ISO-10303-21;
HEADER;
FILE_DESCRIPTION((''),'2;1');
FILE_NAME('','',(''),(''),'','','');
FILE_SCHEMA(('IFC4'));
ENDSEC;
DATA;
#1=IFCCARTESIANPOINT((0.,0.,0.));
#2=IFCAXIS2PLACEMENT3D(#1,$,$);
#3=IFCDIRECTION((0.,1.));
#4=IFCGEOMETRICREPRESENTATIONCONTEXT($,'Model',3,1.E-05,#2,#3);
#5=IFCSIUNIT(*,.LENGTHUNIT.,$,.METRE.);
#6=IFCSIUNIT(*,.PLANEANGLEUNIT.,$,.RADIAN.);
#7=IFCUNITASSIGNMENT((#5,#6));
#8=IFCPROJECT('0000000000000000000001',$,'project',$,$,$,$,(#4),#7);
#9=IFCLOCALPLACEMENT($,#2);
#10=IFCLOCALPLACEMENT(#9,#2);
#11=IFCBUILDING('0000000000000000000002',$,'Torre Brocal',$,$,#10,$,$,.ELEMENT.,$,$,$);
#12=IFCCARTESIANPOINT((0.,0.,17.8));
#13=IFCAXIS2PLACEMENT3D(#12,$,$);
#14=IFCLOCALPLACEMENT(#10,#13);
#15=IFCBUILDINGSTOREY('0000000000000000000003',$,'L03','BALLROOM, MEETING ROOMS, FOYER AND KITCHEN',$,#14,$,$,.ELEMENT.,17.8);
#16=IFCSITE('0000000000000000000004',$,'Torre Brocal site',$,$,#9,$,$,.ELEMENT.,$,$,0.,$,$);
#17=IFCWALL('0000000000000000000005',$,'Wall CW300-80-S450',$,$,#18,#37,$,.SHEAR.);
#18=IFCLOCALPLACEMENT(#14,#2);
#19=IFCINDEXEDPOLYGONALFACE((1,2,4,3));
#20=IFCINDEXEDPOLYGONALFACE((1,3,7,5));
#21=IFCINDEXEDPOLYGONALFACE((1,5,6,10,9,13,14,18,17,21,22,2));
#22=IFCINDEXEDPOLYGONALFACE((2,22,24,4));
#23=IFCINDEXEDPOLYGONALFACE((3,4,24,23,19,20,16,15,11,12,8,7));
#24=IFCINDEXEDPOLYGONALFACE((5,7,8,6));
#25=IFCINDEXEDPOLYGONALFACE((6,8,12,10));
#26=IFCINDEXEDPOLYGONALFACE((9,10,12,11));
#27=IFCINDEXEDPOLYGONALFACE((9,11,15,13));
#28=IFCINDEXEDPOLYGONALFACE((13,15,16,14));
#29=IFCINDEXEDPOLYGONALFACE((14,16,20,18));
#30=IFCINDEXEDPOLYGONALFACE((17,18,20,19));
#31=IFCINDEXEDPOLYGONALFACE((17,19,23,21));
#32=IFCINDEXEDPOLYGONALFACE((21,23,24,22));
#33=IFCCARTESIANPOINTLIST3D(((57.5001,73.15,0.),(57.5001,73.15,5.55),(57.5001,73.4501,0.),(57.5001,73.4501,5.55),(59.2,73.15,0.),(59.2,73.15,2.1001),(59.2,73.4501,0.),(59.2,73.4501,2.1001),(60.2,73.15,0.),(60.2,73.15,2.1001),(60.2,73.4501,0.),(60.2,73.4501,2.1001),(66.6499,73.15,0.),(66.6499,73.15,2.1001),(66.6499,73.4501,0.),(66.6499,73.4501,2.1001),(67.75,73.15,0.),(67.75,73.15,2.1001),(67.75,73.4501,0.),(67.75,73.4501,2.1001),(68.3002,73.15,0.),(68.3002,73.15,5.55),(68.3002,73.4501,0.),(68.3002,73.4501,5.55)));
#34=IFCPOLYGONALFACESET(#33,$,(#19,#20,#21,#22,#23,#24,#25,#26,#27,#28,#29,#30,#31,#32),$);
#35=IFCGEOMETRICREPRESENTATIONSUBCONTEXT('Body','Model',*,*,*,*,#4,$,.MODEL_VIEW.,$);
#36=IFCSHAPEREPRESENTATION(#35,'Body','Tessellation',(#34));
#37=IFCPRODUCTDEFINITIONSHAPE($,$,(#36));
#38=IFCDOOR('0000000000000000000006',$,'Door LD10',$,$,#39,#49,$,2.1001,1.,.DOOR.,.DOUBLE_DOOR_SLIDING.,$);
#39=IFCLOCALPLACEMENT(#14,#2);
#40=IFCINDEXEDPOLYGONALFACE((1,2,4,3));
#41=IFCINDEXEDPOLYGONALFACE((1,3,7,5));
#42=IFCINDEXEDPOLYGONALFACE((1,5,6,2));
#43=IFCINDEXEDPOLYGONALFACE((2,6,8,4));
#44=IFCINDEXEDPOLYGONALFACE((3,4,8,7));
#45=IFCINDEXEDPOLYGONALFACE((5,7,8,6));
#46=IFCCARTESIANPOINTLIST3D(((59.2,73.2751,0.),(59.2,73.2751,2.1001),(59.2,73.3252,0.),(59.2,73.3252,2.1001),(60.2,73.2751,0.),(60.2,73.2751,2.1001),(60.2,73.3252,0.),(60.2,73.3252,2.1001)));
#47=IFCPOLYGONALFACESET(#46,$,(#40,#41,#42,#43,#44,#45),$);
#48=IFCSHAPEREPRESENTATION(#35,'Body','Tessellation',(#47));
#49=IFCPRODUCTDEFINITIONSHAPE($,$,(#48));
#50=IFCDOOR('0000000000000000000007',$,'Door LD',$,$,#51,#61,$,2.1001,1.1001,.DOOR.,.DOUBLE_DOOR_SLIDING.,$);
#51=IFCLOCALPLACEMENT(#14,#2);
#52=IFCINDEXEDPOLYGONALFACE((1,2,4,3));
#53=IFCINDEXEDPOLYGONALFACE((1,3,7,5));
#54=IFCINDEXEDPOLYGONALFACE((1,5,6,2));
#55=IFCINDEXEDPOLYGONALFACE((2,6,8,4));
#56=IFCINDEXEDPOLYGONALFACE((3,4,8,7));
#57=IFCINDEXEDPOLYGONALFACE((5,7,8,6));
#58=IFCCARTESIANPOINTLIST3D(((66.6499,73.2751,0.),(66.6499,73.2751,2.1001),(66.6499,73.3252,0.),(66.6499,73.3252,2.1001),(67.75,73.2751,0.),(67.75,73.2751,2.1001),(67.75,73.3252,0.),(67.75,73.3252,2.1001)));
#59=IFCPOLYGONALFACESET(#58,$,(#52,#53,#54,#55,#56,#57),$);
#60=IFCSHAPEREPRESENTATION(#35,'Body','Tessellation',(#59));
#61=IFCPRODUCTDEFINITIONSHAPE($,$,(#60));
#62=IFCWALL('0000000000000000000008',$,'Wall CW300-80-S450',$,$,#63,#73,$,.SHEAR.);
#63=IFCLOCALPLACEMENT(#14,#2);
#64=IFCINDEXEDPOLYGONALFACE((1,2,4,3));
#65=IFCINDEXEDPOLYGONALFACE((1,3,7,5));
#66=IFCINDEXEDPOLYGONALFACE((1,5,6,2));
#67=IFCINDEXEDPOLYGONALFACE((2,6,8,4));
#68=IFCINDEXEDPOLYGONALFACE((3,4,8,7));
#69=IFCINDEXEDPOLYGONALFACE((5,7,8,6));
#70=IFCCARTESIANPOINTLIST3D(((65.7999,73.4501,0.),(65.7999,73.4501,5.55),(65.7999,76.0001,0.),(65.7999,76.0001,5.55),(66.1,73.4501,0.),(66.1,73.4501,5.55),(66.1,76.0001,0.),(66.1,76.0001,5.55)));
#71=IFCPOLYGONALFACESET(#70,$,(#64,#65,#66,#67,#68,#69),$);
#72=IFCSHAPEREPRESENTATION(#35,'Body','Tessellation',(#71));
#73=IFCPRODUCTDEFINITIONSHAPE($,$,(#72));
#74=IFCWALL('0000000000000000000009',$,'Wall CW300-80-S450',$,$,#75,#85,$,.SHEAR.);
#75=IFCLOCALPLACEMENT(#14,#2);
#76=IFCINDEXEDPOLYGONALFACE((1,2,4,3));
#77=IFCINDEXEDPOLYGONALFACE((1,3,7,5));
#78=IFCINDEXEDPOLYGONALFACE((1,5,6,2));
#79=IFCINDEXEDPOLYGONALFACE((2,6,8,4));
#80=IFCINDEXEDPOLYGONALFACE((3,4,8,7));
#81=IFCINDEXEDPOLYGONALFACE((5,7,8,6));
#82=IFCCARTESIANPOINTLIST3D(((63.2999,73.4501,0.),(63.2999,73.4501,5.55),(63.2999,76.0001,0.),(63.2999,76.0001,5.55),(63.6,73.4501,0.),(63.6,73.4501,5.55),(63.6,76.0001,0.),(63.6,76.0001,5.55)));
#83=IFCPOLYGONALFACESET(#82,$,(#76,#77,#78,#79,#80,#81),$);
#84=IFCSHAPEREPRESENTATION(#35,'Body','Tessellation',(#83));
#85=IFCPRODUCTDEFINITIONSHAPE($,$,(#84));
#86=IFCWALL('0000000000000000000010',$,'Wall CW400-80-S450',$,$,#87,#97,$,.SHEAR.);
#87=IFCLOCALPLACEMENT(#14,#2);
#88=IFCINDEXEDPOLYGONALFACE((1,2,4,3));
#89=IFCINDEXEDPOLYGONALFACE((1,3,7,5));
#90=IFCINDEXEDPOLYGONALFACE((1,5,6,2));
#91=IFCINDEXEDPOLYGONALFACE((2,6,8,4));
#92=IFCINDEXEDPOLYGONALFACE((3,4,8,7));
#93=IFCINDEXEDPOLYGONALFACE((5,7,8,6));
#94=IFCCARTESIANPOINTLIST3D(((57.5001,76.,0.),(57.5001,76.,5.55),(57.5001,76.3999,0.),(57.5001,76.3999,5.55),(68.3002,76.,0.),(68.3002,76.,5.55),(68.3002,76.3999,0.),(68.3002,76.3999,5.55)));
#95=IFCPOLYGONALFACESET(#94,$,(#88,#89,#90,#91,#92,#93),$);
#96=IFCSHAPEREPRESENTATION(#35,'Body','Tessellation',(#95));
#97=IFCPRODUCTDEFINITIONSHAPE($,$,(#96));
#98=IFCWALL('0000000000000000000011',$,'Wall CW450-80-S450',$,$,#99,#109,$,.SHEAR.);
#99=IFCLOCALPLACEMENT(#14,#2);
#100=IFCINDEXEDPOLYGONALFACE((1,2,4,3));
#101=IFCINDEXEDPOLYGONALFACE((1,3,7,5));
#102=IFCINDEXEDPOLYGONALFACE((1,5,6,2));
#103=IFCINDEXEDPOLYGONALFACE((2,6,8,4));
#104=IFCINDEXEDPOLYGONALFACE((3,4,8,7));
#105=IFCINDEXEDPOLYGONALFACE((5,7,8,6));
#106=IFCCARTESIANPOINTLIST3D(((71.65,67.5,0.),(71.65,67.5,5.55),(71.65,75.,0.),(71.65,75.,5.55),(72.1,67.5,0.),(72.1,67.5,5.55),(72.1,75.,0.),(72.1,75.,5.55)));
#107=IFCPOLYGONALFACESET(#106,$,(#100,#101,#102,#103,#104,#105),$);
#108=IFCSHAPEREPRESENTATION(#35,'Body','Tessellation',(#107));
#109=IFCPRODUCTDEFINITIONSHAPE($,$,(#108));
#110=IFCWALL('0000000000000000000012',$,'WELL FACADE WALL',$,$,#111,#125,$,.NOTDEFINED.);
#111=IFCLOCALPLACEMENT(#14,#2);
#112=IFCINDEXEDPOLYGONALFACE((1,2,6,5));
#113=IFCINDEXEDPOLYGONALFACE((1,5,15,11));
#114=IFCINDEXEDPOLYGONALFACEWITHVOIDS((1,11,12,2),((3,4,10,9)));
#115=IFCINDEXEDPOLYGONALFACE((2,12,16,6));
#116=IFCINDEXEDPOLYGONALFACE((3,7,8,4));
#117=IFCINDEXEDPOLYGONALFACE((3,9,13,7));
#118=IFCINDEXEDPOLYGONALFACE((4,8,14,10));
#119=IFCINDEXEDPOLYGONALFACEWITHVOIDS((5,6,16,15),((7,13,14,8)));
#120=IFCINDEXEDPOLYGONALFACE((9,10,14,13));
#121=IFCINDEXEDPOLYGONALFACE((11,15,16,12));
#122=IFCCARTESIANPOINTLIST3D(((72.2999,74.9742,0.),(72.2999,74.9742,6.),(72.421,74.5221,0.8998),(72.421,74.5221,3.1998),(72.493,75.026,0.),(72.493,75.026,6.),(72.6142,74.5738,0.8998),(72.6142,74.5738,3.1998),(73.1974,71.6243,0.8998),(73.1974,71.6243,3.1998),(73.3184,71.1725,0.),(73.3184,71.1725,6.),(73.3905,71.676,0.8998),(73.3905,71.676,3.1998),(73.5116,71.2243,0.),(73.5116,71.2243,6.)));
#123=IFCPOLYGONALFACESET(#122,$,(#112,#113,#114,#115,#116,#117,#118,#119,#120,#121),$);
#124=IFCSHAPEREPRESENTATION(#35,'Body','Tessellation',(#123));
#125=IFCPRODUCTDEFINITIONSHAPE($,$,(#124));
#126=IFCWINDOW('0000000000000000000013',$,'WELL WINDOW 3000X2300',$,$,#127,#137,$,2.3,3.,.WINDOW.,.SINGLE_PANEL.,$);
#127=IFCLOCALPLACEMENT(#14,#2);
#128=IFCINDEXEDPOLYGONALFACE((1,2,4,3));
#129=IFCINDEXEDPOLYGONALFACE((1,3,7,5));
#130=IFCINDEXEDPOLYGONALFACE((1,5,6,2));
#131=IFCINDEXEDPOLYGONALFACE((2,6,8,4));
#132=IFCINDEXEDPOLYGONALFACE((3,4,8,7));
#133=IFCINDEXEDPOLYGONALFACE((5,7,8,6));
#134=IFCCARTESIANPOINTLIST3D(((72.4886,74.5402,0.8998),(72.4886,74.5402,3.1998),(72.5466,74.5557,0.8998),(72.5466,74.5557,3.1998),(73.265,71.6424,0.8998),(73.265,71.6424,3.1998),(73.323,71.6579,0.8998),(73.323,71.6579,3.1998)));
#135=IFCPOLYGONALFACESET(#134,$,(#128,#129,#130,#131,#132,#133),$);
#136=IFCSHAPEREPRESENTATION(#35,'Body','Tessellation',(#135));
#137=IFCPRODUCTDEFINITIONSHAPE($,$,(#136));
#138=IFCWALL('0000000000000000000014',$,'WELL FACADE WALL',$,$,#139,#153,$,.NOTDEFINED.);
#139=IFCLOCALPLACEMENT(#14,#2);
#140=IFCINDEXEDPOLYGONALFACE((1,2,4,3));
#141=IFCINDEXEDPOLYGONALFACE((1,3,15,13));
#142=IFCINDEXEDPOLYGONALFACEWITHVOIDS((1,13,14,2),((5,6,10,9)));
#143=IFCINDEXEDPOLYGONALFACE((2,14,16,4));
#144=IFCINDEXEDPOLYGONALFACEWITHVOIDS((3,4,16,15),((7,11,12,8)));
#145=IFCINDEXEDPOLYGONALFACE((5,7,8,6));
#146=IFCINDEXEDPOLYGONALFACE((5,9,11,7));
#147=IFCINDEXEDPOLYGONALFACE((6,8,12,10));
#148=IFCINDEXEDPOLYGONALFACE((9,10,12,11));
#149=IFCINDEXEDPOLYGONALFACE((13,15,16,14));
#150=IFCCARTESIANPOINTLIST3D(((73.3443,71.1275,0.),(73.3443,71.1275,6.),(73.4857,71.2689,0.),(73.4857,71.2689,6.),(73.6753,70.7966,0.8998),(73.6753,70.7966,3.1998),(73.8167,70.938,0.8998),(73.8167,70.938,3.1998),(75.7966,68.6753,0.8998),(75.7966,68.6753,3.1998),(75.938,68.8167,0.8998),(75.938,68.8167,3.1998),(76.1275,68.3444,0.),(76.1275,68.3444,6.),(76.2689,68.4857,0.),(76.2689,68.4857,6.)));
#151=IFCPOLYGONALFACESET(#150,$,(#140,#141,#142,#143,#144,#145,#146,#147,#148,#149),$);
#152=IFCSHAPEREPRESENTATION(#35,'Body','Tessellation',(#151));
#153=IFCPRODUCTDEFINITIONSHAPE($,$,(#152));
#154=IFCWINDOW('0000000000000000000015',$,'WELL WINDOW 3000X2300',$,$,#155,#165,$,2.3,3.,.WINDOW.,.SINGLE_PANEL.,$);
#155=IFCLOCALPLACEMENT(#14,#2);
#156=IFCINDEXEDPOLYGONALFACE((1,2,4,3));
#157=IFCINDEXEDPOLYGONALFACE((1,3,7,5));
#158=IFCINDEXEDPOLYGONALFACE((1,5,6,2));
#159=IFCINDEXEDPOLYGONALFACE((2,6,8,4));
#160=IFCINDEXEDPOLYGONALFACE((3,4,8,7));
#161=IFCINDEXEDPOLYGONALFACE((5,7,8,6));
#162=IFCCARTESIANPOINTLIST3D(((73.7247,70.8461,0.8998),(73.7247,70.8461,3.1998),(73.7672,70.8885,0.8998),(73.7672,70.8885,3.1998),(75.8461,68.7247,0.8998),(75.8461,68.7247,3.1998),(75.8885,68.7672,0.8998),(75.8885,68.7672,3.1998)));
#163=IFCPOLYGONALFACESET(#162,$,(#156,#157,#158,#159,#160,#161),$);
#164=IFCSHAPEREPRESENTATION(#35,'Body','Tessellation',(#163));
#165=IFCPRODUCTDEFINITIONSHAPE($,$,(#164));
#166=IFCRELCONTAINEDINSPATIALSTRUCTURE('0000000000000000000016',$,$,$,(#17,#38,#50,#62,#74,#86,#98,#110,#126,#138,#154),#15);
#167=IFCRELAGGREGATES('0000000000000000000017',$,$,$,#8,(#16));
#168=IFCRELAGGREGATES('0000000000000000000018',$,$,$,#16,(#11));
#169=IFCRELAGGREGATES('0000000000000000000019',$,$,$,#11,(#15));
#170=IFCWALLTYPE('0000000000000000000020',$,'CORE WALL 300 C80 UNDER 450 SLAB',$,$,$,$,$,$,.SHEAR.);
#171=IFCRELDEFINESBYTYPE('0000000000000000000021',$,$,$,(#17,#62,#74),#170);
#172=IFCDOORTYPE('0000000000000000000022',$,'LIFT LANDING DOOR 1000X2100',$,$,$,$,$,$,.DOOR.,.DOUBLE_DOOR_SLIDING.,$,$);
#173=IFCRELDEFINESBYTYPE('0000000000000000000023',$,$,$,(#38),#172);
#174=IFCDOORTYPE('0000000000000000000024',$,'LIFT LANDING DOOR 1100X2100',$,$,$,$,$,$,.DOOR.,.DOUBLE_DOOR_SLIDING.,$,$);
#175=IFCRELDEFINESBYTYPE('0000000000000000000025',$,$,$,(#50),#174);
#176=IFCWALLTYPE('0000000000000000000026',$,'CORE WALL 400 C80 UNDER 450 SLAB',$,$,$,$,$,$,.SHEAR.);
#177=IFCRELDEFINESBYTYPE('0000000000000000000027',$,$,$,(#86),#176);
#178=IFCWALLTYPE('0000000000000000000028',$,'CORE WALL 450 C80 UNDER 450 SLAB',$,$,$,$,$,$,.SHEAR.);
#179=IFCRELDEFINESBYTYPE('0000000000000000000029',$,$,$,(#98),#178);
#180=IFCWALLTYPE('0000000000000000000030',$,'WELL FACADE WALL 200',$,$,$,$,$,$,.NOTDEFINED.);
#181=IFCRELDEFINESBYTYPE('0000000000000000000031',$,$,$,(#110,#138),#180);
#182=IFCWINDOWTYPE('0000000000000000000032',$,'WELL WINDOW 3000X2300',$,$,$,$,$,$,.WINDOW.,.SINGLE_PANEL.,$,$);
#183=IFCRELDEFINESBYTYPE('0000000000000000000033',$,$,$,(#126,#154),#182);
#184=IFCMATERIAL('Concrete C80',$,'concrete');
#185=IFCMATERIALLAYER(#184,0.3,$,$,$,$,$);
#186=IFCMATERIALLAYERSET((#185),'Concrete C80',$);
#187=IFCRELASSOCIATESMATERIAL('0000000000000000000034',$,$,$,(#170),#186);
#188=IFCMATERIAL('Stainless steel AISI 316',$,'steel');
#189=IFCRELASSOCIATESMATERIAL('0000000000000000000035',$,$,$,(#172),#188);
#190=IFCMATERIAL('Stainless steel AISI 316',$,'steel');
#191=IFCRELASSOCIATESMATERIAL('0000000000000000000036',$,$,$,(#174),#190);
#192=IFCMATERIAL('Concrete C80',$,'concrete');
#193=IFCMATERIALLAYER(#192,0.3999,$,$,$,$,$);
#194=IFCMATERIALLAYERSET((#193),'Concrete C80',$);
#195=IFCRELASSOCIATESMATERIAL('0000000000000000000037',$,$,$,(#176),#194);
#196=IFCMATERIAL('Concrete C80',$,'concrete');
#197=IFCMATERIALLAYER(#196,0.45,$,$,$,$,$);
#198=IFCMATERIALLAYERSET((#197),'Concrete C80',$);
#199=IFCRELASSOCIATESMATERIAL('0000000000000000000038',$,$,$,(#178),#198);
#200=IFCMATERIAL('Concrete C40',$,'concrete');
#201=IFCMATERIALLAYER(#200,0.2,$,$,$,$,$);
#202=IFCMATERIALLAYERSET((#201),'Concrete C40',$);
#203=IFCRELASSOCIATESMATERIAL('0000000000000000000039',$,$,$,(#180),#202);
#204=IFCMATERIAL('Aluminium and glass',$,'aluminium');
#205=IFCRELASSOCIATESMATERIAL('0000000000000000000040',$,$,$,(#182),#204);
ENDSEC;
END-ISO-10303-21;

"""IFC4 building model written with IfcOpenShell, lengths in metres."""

from ifc_helpers import new_model, si_unit, direction, frame, frame_2d, origin, place, context, subcontext, project, spatial, rectangle, extrude, material, layer, layer_set, type_object, element, fill, save


model = new_model("IFC4")

# Units and contexts
model_context = context("Model", 3, precision=1e-05, world=origin(), true_north=direction((0.0, 1.0)))
body_context = subcontext(model_context, "Body", "Model", "MODEL_VIEW")
ifc_project = project(units=[si_unit("LENGTHUNIT", "METRE"), si_unit("PLANEANGLEUNIT", "RADIAN")], contexts=[model_context])

# Site, building, storey
site_placement = place(None, origin())
site = spatial("IfcSite", under=ifc_project, at=site_placement, Name="Torre Brocal site", CompositionType="ELEMENT", RefElevation=0.0)
building_placement = place(site_placement, origin())
building = spatial("IfcBuilding", under=site, at=building_placement, Name="Torre Brocal", CompositionType="ELEMENT")
storey_placement = place(building_placement, frame((0.0, 0.0, 17.8)))
storey = spatial("IfcBuildingStorey", under=building, at=storey_placement, Name="L03", Description="BALLROOM, MEETING ROOMS, FOYER AND KITCHEN", CompositionType="ELEMENT", Elevation=17.8)

# Shared definitions
ifc_material_1 = material(Name="Concrete C80", Category="concrete")
ifc_layer_1 = layer(ifc_material_1, 0.3)
ifc_layer_set_1 = layer_set([ifc_layer_1], Name="Concrete C80")
wall_type_1 = type_object("IfcWallType", Name="CORE WALL 300 C80 UNDER 450 SLAB", PredefinedType="SHEAR", material=ifc_layer_set_1)

# Wall, openings, doors
wall_1_placement = place(storey_placement, frame((68.3, 73.3, 0.0), z_axis=(0.0, 0.0, 1.0), x_axis=(-1.0, 0.0, 0.0)))
wall_1 = element("IfcWall", 1, at=wall_1_placement, inside=storey, type_object=wall_type_1, Name="Wall CW300-80-S450", PredefinedType="SHEAR", context=body_context, shape_type="SweptSolid", body=[
    extrude(rectangle(XDim=10.8, YDim=0.3, at=frame_2d((5.3999, 0.0))), origin(), (0.0, 0.0, 1.0), 5.55),
])
opening_1_placement = place(wall_1_placement, frame((0.55, 0.0, 0.0)))
opening_1 = element("IfcOpeningElement", 2, at=opening_1_placement, cuts=wall_1, PredefinedType="OPENING", context=body_context, shape_type="SweptSolid", body=[
    extrude(rectangle(XDim=1.1001, YDim=2.1001, at=frame_2d((0.55, 1.05))), frame((0.0, 0.1599, 0.0), z_axis=(0.0, -1.0, 0.0), x_axis=(1.0, 0.0, 0.0)), (0.0, 0.0, 1.0), 0.3201),
])
opening_2_placement = place(wall_1_placement, frame((8.1001, 0.0, 0.0)))
opening_2 = element("IfcOpeningElement", 3, at=opening_2_placement, cuts=wall_1, PredefinedType="OPENING", context=body_context, shape_type="SweptSolid", body=[
    extrude(rectangle(XDim=1.0, YDim=2.1001, at=frame_2d((0.5, 1.05))), frame((0.0, 0.1599, 0.0), z_axis=(0.0, -1.0, 0.0), x_axis=(1.0, 0.0, 0.0)), (0.0, 0.0, 1.0), 0.3201),
])
ifc_material_2 = material(Name="Stainless steel AISI 316", Category="steel")
door_type_1 = type_object("IfcDoorType", Name="LIFT LANDING DOOR 1000X2100", OperationType="DOUBLE_DOOR_SLIDING", PredefinedType="DOOR", material=ifc_material_2)
door_1_placement = place(opening_2_placement, origin())
door_1 = element("IfcDoor", 4, at=door_1_placement, inside=storey, type_object=door_type_1, Name="Door LD10", OperationType="DOUBLE_DOOR_SLIDING", OverallHeight=2.1001, OverallWidth=1.0, PredefinedType="DOOR", context=body_context, shape_type="SweptSolid", body=[
    extrude(rectangle(XDim=1.0, YDim=2.1001, at=frame_2d((0.5, 1.05))), frame((0.0, 0.0249, 0.0), z_axis=(0.0, -1.0, 0.0), x_axis=(1.0, 0.0, 0.0)), (0.0, 0.0, 1.0), 0.05),
])
fill(opening_2, door_1)
ifc_material_3 = material(Name="Stainless steel AISI 316", Category="steel")
door_type_2 = type_object("IfcDoorType", Name="LIFT LANDING DOOR 1100X2100", OperationType="DOUBLE_DOOR_SLIDING", PredefinedType="DOOR", material=ifc_material_3)
door_2_placement = place(opening_1_placement, origin())
door_2 = element("IfcDoor", 5, at=door_2_placement, inside=storey, type_object=door_type_2, Name="Door LD", OperationType="DOUBLE_DOOR_SLIDING", OverallHeight=2.1001, OverallWidth=1.1001, PredefinedType="DOOR", context=body_context, shape_type="SweptSolid", body=[
    extrude(rectangle(XDim=1.1001, YDim=2.1001, at=frame_2d((0.55, 1.05))), frame((0.0, 0.0249, 0.0), z_axis=(0.0, -1.0, 0.0), x_axis=(1.0, 0.0, 0.0)), (0.0, 0.0, 1.0), 0.05),
])
fill(opening_1, door_2)

# Walls
for number, where, z_axis, x_axis, name in (
    (6, (65.95, 76.0, 0.0), (0.0, 0.0, 1.0), (0.0, -1.0, 0.0), "Wall CW300-80-S450"),
    (7, (63.45, 76.0, 0.0), (0.0, 0.0, 1.0), (0.0, -1.0, 0.0), "Wall CW300-80-S450"),
):
    element("IfcWall", number, at=place(storey_placement, frame(where, z_axis=z_axis, x_axis=x_axis)), inside=storey, type_object=wall_type_1, Name=name, PredefinedType="SHEAR", context=body_context, shape_type="SweptSolid", body=[
        extrude(rectangle(XDim=2.55, YDim=0.3, at=frame_2d((1.2749, 0.0))), origin(), (0.0, 0.0, 1.0), 5.55),
    ])
ifc_material_4 = material(Name="Concrete C80", Category="concrete")
ifc_layer_2 = layer(ifc_material_4, 0.3999)
ifc_layer_set_2 = layer_set([ifc_layer_2], Name="Concrete C80")
wall_type_2 = type_object("IfcWallType", Name="CORE WALL 400 C80 UNDER 450 SLAB", PredefinedType="SHEAR", material=ifc_layer_set_2)
wall_2_placement = place(storey_placement, frame((68.3, 76.2, 0.0), z_axis=(0.0, 0.0, 1.0), x_axis=(-1.0, 0.0, 0.0)))
element("IfcWall", 8, at=wall_2_placement, inside=storey, type_object=wall_type_2, Name="Wall CW400-80-S450", PredefinedType="SHEAR", context=body_context, shape_type="SweptSolid", body=[
    extrude(rectangle(XDim=10.8, YDim=0.3999, at=frame_2d((5.3999, 0.0))), origin(), (0.0, 0.0, 1.0), 5.55),
])
ifc_material_5 = material(Name="Concrete C80", Category="concrete")
ifc_layer_3 = layer(ifc_material_5, 0.45)
ifc_layer_set_3 = layer_set([ifc_layer_3], Name="Concrete C80")
wall_type_3 = type_object("IfcWallType", Name="CORE WALL 450 C80 UNDER 450 SLAB", PredefinedType="SHEAR", material=ifc_layer_set_3)
wall_3_placement = place(storey_placement, frame((71.875, 75.0, 0.0), z_axis=(0.0, 0.0, 1.0), x_axis=(0.0, -1.0, 0.0)))
element("IfcWall", 9, at=wall_3_placement, inside=storey, type_object=wall_type_3, Name="Wall CW450-80-S450", PredefinedType="SHEAR", context=body_context, shape_type="SweptSolid", body=[
    extrude(rectangle(XDim=7.5, YDim=0.45, at=frame_2d((3.75, 0.0))), origin(), (0.0, 0.0, 1.0), 5.55),
])

# Walls, openings, windows
ifc_material_6 = material(Name="Concrete C40", Category="concrete")
ifc_layer_4 = layer(ifc_material_6, 0.2)
ifc_layer_set_4 = layer_set([ifc_layer_4], Name="Concrete C40")
wall_type_4 = type_object("IfcWallType", Name="WELL FACADE WALL 200", PredefinedType="NOTDEFINED", material=ifc_layer_set_4)
wall_4_placement = place(storey_placement, frame((72.3965, 75.0, 0.0), z_axis=(0.0, 0.0, 1.0), x_axis=(0.25879, -0.965934, 0.0)))
wall_4 = element("IfcWall", 10, at=wall_4_placement, inside=storey, type_object=wall_type_4, Name="WELL FACADE WALL", PredefinedType="NOTDEFINED", context=body_context, shape_type="SweptSolid", body=[
    extrude(rectangle(XDim=3.9358, YDim=0.2, at=frame_2d((1.9678, 0.0))), origin(), (0.0, 0.0, 1.0), 6.0),
])
opening_3_placement = place(wall_4_placement, frame((0.468, 0.0, 0.8999)))
opening_3 = element("IfcOpeningElement", 11, at=opening_3_placement, cuts=wall_4, PredefinedType="OPENING", context=body_context, shape_type="SweptSolid", body=[
    extrude(rectangle(XDim=3.0, YDim=2.3, at=frame_2d((1.5, 1.1499))), frame((0.0, 0.1099, 0.0), z_axis=(0.0, -1.0, 0.0), x_axis=(1.0, 0.0, 0.0)), (0.0, 0.0, 1.0), 0.22),
])
ifc_material_7 = material(Name="Aluminium and glass", Category="aluminium")
window_type = type_object("IfcWindowType", Name="WELL WINDOW 3000X2300", PartitioningType="SINGLE_PANEL", PredefinedType="WINDOW", material=ifc_material_7)
window_1_placement = place(opening_3_placement, origin())
window_1 = element("IfcWindow", 12, at=window_1_placement, inside=storey, type_object=window_type, Name="WELL WINDOW 3000X2300", OverallHeight=2.3, OverallWidth=3.0, PartitioningType="SINGLE_PANEL", PredefinedType="WINDOW", context=body_context, shape_type="SweptSolid", body=[
    extrude(rectangle(XDim=3.0, YDim=2.3, at=frame_2d((1.5, 1.1499))), frame((0.0, 0.03, 0.0), z_axis=(0.0, -1.0, 0.0), x_axis=(1.0, 0.0, 0.0)), (0.0, 0.0, 1.0), 0.0601),
])
fill(opening_3, window_1)
wall_5_placement = place(storey_placement, frame((73.415, 71.1982, 0.0), z_axis=(0.0, 0.0, 1.0), x_axis=(0.707107, -0.707107, 0.0)))
wall_5 = element("IfcWall", 13, at=wall_5_placement, inside=storey, type_object=wall_type_4, Name="WELL FACADE WALL", PredefinedType="NOTDEFINED", context=body_context, shape_type="SweptSolid", body=[
    extrude(rectangle(XDim=3.936, YDim=0.2, at=frame_2d((1.968, 0.0))), origin(), (0.0, 0.0, 1.0), 6.0),
])
opening_4_placement = place(wall_5_placement, frame((0.468, 0.0, 0.8999)))
opening_4 = element("IfcOpeningElement", 14, at=opening_4_placement, cuts=wall_5, PredefinedType="OPENING", context=body_context, shape_type="SweptSolid", body=[
    extrude(rectangle(XDim=3.0, YDim=2.3, at=frame_2d((1.5, 1.1499))), frame((0.0, 0.1099, 0.0), z_axis=(0.0, -1.0, 0.0), x_axis=(1.0, 0.0, 0.0)), (0.0, 0.0, 1.0), 0.22),
])
window_2_placement = place(opening_4_placement, origin())
window_2 = element("IfcWindow", 15, at=window_2_placement, inside=storey, type_object=window_type, Name="WELL WINDOW 3000X2300", OverallHeight=2.3, OverallWidth=3.0, PartitioningType="SINGLE_PANEL", PredefinedType="WINDOW", context=body_context, shape_type="SweptSolid", body=[
    extrude(rectangle(XDim=3.0, YDim=2.3, at=frame_2d((1.5, 1.1499))), frame((0.0, 0.03, 0.0), z_axis=(0.0, -1.0, 0.0), x_axis=(1.0, 0.0, 0.0)), (0.0, 0.0, 1.0), 0.0601),
])
fill(opening_4, window_2)

save(model, "model.ifc")
